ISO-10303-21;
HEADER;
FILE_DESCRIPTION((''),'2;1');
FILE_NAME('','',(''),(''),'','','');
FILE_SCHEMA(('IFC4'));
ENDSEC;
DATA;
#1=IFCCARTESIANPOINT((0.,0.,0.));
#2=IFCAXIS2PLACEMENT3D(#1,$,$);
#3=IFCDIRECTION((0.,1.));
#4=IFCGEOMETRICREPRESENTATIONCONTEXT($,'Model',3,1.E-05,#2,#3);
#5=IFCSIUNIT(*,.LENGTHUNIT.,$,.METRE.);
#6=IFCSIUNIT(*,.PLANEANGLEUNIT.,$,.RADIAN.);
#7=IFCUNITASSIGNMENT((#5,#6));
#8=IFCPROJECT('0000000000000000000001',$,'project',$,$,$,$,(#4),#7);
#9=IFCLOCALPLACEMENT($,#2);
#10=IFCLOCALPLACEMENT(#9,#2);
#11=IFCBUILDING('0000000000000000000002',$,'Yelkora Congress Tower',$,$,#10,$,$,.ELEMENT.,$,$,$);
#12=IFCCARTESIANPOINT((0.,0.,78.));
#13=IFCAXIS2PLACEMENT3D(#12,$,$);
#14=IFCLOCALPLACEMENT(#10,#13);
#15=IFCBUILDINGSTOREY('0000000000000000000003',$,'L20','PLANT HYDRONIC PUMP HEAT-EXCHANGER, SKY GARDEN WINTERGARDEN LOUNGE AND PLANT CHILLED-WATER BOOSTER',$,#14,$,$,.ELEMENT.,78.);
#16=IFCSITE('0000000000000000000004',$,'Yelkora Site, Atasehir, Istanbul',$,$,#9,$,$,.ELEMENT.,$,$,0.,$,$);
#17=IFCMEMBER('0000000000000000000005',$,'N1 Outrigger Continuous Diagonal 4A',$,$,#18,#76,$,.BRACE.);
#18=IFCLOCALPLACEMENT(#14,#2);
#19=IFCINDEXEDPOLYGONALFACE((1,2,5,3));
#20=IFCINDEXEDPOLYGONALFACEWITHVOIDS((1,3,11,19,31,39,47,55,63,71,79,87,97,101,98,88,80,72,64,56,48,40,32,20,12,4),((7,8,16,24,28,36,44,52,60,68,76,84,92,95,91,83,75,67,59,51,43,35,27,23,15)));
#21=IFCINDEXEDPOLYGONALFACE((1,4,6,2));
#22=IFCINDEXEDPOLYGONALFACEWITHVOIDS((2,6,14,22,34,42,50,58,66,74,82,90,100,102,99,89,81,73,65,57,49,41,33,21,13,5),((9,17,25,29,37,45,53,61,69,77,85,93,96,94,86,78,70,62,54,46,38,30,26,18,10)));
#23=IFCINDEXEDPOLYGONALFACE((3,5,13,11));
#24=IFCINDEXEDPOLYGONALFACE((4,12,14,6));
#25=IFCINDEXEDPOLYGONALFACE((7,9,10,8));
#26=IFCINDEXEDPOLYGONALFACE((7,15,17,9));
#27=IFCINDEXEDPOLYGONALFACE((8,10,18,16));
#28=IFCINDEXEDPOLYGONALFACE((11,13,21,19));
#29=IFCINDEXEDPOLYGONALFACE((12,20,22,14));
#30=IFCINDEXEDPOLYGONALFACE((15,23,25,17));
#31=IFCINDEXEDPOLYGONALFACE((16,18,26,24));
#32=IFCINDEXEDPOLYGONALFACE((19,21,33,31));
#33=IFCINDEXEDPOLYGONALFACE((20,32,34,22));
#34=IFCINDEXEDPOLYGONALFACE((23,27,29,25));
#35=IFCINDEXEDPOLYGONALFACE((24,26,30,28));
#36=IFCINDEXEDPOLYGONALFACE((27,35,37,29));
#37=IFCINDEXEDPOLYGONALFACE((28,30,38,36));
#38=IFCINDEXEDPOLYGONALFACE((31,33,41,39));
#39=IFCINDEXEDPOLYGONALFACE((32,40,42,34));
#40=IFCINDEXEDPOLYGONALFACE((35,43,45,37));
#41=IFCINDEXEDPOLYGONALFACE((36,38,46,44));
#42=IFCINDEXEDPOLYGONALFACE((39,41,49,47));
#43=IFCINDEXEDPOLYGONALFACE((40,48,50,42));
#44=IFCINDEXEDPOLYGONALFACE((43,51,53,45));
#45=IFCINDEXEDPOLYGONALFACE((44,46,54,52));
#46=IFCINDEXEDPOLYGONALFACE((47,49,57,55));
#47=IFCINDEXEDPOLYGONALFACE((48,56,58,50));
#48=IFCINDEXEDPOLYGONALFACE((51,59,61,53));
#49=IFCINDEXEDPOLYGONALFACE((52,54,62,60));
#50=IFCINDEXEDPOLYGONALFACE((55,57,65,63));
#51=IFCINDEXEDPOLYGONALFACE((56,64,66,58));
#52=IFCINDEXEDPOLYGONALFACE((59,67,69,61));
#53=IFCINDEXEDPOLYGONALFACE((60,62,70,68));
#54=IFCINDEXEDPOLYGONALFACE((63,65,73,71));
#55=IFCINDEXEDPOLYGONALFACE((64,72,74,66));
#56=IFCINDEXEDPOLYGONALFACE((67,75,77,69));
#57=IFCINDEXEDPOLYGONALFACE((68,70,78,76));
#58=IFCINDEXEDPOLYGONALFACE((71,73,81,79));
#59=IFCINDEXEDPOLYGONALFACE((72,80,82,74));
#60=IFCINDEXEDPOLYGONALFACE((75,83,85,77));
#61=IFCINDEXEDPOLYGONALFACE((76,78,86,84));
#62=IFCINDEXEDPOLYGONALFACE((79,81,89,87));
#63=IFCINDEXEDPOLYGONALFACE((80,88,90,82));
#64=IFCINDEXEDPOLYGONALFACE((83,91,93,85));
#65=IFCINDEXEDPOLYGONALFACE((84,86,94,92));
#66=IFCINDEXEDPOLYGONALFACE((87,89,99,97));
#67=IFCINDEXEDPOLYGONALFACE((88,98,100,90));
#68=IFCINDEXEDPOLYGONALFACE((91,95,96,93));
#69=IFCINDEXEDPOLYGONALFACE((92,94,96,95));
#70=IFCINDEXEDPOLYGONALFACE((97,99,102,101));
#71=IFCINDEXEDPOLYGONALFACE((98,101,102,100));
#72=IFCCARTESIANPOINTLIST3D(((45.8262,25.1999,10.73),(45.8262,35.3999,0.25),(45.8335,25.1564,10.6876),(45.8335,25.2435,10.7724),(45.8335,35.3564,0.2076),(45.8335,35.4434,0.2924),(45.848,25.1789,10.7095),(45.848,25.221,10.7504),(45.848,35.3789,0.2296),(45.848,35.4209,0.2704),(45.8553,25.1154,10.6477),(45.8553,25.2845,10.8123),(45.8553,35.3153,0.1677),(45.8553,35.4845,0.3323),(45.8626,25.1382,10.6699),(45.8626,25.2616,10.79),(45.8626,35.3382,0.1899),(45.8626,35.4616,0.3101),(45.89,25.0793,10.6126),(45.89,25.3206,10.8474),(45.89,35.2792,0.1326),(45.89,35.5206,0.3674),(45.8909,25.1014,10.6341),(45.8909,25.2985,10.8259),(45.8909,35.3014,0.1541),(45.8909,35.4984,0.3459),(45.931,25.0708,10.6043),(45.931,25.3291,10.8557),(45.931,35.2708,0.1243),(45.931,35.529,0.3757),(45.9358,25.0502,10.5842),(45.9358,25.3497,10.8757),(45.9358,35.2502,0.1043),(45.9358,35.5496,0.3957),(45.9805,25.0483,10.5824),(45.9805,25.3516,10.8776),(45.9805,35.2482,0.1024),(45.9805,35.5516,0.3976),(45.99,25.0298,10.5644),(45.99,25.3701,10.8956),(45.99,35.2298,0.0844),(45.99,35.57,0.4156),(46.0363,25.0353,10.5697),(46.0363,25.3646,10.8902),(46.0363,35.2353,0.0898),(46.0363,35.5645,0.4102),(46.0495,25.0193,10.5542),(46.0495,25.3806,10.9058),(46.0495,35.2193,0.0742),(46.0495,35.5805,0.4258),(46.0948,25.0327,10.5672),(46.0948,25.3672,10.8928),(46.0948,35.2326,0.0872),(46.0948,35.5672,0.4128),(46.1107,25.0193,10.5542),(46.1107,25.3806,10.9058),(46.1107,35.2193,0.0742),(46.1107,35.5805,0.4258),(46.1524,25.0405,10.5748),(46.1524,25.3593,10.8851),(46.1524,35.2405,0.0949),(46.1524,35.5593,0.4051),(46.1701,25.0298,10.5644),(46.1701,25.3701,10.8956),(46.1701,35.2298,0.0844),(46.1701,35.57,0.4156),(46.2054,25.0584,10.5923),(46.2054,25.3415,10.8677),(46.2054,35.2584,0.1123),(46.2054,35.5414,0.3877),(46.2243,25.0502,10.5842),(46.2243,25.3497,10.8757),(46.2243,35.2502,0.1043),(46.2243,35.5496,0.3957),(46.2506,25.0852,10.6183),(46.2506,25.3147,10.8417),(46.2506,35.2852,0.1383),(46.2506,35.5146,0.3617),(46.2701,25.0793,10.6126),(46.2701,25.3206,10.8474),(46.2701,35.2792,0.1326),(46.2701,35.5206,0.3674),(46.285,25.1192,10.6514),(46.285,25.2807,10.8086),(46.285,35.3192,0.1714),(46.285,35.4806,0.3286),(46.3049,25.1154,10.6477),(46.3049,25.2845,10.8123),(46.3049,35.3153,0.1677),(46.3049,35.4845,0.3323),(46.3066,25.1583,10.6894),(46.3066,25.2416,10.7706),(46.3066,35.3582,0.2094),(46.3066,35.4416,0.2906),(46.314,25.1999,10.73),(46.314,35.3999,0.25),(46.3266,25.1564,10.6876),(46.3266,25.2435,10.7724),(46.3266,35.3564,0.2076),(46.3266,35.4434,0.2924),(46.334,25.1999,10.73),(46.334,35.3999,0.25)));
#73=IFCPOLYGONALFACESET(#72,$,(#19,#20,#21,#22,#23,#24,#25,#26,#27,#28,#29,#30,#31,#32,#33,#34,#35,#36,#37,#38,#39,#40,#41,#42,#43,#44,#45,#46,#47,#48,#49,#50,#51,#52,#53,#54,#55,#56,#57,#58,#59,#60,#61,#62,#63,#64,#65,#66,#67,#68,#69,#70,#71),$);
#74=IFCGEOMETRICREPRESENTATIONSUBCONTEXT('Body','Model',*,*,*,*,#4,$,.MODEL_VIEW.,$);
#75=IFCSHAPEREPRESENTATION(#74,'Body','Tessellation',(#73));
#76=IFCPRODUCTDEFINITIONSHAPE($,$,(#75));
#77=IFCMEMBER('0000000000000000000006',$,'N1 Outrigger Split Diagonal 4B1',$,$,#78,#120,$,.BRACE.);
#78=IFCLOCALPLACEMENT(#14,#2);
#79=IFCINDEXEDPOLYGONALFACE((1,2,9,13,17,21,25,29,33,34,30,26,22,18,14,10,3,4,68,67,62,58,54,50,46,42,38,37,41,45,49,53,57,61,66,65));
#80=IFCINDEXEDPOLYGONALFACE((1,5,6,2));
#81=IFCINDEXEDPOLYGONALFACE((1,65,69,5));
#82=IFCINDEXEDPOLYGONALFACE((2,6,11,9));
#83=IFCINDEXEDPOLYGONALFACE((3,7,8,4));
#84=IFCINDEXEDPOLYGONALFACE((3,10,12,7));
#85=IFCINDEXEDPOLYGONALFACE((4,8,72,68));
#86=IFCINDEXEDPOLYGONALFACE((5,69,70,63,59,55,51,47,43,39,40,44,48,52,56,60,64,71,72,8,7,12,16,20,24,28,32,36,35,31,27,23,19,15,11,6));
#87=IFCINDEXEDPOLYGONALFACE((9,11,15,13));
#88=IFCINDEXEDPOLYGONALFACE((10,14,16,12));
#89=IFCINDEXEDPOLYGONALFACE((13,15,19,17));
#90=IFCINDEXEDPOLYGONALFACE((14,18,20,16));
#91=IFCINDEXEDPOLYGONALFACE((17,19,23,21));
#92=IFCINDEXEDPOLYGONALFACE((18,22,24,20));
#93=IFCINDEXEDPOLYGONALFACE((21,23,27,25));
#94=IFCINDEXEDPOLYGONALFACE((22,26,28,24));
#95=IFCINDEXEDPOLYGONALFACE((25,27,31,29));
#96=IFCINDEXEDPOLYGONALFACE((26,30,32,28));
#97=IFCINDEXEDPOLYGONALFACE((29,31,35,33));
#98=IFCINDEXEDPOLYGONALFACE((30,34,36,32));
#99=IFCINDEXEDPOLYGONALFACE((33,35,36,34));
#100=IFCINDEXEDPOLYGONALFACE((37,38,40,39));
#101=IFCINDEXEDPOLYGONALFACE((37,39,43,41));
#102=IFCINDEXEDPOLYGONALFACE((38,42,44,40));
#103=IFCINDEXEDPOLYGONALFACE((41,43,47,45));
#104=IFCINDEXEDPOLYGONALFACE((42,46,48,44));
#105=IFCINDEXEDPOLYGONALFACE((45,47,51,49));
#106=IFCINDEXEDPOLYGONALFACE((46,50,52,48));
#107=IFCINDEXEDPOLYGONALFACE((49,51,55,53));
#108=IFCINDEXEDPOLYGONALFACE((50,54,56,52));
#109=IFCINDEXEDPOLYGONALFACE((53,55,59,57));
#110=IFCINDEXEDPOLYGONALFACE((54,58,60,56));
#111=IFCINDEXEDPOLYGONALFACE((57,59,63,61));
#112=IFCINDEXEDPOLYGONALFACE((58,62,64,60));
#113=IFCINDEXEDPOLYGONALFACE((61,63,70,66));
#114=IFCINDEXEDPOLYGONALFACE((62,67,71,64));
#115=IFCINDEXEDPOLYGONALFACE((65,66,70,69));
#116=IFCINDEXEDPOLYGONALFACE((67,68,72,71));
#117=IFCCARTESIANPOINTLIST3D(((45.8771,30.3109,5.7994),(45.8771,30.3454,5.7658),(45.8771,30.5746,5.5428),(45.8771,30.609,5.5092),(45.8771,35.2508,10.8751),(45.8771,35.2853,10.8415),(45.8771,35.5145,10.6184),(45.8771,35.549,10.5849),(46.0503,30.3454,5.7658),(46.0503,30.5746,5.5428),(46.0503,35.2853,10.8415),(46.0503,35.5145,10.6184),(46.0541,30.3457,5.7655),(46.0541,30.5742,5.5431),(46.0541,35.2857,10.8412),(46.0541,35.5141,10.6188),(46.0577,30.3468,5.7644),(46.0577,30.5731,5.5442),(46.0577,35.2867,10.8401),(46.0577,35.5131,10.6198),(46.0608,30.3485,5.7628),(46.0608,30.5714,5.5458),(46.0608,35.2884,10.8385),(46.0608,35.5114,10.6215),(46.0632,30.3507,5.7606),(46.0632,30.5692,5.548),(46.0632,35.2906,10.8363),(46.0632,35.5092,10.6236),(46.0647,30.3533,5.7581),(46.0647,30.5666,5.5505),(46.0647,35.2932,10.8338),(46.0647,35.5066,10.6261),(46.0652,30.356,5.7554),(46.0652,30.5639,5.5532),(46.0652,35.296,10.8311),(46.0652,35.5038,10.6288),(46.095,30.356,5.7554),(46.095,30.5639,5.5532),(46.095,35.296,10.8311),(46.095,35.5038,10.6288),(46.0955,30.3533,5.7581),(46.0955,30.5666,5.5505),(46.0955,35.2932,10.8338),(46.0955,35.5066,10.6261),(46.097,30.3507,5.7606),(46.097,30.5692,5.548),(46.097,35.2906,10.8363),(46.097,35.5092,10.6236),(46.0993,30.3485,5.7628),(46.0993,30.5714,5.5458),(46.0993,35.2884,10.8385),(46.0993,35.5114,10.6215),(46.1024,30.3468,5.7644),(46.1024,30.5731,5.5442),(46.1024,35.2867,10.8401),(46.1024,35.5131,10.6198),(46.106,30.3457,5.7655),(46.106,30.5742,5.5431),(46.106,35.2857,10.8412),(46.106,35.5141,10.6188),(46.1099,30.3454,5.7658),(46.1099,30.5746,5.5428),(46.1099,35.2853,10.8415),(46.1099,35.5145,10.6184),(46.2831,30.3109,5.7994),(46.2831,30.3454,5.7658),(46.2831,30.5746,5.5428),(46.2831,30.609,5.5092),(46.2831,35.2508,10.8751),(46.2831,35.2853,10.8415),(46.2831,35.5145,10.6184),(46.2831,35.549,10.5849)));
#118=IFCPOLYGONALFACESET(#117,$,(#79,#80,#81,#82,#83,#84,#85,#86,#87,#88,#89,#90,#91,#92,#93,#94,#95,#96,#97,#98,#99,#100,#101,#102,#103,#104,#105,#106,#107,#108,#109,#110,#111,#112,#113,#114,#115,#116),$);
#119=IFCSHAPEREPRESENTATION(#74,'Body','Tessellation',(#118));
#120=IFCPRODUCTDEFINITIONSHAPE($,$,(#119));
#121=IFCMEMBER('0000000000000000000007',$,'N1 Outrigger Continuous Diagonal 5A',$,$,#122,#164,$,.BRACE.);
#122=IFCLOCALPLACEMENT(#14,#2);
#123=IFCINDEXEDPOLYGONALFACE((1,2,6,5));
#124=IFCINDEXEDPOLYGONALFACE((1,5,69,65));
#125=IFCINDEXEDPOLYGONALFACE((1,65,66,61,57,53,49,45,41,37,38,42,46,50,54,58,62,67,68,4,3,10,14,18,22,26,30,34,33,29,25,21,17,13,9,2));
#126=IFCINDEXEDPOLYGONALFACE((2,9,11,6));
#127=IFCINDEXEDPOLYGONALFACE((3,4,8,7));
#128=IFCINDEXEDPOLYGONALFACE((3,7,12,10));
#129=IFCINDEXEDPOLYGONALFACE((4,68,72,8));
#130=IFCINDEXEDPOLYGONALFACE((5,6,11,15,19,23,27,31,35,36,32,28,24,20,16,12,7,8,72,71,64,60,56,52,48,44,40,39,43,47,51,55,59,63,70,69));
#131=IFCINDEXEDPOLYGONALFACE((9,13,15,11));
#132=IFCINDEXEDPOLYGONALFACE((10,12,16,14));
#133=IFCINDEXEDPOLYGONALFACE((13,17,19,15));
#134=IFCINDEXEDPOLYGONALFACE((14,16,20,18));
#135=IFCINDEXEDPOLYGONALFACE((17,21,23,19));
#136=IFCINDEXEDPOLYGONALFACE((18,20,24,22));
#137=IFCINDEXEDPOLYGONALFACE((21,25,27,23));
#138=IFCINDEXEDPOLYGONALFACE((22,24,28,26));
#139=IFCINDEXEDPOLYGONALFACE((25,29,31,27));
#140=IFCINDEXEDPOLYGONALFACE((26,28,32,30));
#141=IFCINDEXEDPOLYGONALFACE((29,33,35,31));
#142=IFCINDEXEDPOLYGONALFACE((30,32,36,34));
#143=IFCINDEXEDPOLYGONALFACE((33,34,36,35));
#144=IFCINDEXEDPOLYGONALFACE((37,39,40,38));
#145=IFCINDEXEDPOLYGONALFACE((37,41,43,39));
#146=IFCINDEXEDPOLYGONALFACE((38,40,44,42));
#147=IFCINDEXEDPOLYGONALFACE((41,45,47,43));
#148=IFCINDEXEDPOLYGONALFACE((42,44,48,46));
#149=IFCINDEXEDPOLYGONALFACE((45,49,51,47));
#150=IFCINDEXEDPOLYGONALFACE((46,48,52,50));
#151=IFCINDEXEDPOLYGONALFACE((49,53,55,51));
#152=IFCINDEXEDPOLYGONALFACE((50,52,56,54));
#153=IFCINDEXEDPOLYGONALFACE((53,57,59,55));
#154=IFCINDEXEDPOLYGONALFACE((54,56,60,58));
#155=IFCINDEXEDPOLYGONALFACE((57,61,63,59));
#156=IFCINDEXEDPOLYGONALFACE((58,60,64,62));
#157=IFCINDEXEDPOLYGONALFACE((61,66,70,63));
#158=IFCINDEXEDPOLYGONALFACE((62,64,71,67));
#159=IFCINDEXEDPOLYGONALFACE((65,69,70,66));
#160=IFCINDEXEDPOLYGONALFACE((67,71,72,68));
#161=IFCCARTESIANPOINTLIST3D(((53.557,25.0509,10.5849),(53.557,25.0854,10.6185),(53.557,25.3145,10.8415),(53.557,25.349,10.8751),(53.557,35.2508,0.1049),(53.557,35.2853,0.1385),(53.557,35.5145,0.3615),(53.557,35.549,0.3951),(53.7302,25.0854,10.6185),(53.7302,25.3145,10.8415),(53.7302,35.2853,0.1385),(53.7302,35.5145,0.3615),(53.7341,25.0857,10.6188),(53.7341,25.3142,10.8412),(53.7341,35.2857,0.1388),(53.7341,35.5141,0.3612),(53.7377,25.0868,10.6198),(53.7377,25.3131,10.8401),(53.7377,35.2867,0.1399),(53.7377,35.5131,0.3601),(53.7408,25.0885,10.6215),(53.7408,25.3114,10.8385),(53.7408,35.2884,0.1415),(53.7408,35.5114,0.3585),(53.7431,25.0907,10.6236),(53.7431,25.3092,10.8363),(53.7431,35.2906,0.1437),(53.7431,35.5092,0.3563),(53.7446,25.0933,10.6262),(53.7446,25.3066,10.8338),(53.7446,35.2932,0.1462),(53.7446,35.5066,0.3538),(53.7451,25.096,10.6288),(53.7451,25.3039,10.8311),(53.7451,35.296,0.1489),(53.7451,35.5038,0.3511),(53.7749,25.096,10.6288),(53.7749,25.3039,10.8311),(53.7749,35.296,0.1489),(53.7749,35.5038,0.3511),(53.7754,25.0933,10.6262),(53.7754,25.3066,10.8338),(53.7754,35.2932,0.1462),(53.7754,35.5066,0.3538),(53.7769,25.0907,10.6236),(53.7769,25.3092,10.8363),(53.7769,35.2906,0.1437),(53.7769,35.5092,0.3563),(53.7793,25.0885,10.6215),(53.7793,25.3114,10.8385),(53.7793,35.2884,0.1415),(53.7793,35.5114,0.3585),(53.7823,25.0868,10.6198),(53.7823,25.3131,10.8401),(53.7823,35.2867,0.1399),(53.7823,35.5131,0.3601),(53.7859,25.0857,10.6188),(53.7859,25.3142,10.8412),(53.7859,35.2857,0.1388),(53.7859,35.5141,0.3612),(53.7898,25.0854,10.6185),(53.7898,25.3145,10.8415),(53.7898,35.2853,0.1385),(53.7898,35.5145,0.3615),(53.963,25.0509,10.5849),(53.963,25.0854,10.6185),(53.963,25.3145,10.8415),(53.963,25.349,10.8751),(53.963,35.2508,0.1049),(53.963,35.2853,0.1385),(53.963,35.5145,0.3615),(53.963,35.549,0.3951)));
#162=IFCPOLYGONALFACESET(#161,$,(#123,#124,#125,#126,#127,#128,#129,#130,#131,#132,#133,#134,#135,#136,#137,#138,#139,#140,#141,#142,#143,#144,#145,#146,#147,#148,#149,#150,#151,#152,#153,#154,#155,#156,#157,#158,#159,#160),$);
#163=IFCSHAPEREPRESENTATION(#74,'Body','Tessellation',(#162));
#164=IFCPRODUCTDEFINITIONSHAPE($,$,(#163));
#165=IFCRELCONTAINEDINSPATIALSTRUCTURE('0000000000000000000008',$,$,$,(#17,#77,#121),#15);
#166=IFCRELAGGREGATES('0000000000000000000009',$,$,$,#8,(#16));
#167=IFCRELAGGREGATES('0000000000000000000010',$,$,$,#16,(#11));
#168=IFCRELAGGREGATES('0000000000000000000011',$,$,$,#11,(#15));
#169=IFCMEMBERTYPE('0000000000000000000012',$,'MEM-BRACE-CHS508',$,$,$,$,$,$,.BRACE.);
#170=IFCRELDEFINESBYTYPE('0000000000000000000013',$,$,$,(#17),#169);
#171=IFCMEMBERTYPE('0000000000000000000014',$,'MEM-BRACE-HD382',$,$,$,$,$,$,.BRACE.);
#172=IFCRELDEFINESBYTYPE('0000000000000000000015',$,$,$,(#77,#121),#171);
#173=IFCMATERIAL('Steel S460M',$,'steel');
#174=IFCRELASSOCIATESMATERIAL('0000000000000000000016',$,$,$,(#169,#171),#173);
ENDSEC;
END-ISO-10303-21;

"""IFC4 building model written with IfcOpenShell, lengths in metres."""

from ifc_helpers import new_model, si_unit, direction, frame, origin, origin_2d, place, context, subcontext, project, spatial, hollow_circle, i_section, extrude, material, material_profile, profile_set, type_object, element, save


model = new_model("IFC4")

# Units and contexts
model_context = context("Model", 3, precision=1e-05, world=origin(), true_north=direction((0.0, 1.0)))
body_context = subcontext(model_context, "Body", "Model", "MODEL_VIEW")
ifc_project = project(units=[si_unit("LENGTHUNIT", "METRE"), si_unit("PLANEANGLEUNIT", "RADIAN")], contexts=[model_context])

# Site, building, storey
site_placement = place(None, origin())
site = spatial("IfcSite", under=ifc_project, at=site_placement, Name="Yelkora Site, Atasehir, Istanbul", CompositionType="ELEMENT", RefElevation=0.0)
building_placement = place(site_placement, origin())
building = spatial("IfcBuilding", under=site, at=building_placement, Name="Yelkora Congress Tower", CompositionType="ELEMENT")
storey_placement = place(building_placement, frame((0.0, 0.0, 78.0)))
storey = spatial("IfcBuildingStorey", under=building, at=storey_placement, Name="L20", Description="PLANT HYDRONIC PUMP HEAT-EXCHANGER, SKY GARDEN WINTERGARDEN LOUNGE AND PLANT CHILLED-WATER BOOSTER", CompositionType="ELEMENT", Elevation=78.0)

# Shared definitions
ifc_material_1 = material(Name="Steel S460M", Category="steel")

# Members
ifc_material_profile_1 = material_profile(ifc_material_1, hollow_circle(Radius=0.2539, WallThickness=0.02, at=origin_2d()), Name="CHS 508x20")
ifc_profile_set_1 = profile_set([ifc_material_profile_1], Name="Steel S460M")
member_type_1 = type_object("IfcMemberType", Name="MEM-BRACE-CHS508", PredefinedType="BRACE", material=ifc_profile_set_1)
member_1_placement = place(storey_placement, frame((46.0801, 35.3999, 0.25), z_axis=(0.0, -0.697468, 0.716616), x_axis=(1.0, 0.0, 0.0)))
element("IfcMember", 1, at=member_1_placement, inside=storey, type_object=member_type_1, Name="N1 Outrigger Continuous Diagonal 4A", PredefinedType="BRACE", context=body_context, shape_type="SweptSolid", body=[
    extrude(hollow_circle(Radius=0.2539, WallThickness=0.02, at=origin_2d()), origin(), (0.0, 0.0, 1.0), 14.6243),
])
ifc_material_profile_2 = material_profile(ifc_material_1, i_section(OverallWidth=0.406, OverallDepth=0.416, WebThickness=0.0298, FlangeThickness=0.0481, FilletRadius=0.0149, at=origin_2d()), Name="HD 400x382")
ifc_profile_set_2 = profile_set([ifc_material_profile_2], Name="Steel S460M")
member_type_2 = type_object("IfcMemberType", Name="MEM-BRACE-HD382", PredefinedType="BRACE", material=ifc_profile_set_2)
member_2_placement = place(storey_placement, frame((46.0801, 35.3999, 10.73), z_axis=(0.0, -0.697459, -0.716624), x_axis=(1.0, 0.0, 0.0)))
element("IfcMember", 2, at=member_2_placement, inside=storey, type_object=member_type_2, Name="N1 Outrigger Split Diagonal 4B1", PredefinedType="BRACE", context=body_context, shape_type="SweptSolid", body=[
    extrude(i_section(OverallWidth=0.406, OverallDepth=0.416, WebThickness=0.0298, FlangeThickness=0.0481, FilletRadius=0.0149, at=origin_2d()), origin(), (0.0, 0.0, 1.0), 7.0828),
])
member_3_placement = place(storey_placement, frame((53.76, 35.3999, 0.25), z_axis=(0.0, -0.697468, 0.716616), x_axis=(1.0, 0.0, 0.0)))
element("IfcMember", 3, at=member_3_placement, inside=storey, type_object=member_type_2, Name="N1 Outrigger Continuous Diagonal 5A", PredefinedType="BRACE", context=body_context, shape_type="SweptSolid", body=[
    extrude(i_section(OverallWidth=0.406, OverallDepth=0.416, WebThickness=0.0298, FlangeThickness=0.0481, FilletRadius=0.0149, at=origin_2d()), origin(), (0.0, 0.0, 1.0), 14.6243),
])

save(model, "model.ifc")
